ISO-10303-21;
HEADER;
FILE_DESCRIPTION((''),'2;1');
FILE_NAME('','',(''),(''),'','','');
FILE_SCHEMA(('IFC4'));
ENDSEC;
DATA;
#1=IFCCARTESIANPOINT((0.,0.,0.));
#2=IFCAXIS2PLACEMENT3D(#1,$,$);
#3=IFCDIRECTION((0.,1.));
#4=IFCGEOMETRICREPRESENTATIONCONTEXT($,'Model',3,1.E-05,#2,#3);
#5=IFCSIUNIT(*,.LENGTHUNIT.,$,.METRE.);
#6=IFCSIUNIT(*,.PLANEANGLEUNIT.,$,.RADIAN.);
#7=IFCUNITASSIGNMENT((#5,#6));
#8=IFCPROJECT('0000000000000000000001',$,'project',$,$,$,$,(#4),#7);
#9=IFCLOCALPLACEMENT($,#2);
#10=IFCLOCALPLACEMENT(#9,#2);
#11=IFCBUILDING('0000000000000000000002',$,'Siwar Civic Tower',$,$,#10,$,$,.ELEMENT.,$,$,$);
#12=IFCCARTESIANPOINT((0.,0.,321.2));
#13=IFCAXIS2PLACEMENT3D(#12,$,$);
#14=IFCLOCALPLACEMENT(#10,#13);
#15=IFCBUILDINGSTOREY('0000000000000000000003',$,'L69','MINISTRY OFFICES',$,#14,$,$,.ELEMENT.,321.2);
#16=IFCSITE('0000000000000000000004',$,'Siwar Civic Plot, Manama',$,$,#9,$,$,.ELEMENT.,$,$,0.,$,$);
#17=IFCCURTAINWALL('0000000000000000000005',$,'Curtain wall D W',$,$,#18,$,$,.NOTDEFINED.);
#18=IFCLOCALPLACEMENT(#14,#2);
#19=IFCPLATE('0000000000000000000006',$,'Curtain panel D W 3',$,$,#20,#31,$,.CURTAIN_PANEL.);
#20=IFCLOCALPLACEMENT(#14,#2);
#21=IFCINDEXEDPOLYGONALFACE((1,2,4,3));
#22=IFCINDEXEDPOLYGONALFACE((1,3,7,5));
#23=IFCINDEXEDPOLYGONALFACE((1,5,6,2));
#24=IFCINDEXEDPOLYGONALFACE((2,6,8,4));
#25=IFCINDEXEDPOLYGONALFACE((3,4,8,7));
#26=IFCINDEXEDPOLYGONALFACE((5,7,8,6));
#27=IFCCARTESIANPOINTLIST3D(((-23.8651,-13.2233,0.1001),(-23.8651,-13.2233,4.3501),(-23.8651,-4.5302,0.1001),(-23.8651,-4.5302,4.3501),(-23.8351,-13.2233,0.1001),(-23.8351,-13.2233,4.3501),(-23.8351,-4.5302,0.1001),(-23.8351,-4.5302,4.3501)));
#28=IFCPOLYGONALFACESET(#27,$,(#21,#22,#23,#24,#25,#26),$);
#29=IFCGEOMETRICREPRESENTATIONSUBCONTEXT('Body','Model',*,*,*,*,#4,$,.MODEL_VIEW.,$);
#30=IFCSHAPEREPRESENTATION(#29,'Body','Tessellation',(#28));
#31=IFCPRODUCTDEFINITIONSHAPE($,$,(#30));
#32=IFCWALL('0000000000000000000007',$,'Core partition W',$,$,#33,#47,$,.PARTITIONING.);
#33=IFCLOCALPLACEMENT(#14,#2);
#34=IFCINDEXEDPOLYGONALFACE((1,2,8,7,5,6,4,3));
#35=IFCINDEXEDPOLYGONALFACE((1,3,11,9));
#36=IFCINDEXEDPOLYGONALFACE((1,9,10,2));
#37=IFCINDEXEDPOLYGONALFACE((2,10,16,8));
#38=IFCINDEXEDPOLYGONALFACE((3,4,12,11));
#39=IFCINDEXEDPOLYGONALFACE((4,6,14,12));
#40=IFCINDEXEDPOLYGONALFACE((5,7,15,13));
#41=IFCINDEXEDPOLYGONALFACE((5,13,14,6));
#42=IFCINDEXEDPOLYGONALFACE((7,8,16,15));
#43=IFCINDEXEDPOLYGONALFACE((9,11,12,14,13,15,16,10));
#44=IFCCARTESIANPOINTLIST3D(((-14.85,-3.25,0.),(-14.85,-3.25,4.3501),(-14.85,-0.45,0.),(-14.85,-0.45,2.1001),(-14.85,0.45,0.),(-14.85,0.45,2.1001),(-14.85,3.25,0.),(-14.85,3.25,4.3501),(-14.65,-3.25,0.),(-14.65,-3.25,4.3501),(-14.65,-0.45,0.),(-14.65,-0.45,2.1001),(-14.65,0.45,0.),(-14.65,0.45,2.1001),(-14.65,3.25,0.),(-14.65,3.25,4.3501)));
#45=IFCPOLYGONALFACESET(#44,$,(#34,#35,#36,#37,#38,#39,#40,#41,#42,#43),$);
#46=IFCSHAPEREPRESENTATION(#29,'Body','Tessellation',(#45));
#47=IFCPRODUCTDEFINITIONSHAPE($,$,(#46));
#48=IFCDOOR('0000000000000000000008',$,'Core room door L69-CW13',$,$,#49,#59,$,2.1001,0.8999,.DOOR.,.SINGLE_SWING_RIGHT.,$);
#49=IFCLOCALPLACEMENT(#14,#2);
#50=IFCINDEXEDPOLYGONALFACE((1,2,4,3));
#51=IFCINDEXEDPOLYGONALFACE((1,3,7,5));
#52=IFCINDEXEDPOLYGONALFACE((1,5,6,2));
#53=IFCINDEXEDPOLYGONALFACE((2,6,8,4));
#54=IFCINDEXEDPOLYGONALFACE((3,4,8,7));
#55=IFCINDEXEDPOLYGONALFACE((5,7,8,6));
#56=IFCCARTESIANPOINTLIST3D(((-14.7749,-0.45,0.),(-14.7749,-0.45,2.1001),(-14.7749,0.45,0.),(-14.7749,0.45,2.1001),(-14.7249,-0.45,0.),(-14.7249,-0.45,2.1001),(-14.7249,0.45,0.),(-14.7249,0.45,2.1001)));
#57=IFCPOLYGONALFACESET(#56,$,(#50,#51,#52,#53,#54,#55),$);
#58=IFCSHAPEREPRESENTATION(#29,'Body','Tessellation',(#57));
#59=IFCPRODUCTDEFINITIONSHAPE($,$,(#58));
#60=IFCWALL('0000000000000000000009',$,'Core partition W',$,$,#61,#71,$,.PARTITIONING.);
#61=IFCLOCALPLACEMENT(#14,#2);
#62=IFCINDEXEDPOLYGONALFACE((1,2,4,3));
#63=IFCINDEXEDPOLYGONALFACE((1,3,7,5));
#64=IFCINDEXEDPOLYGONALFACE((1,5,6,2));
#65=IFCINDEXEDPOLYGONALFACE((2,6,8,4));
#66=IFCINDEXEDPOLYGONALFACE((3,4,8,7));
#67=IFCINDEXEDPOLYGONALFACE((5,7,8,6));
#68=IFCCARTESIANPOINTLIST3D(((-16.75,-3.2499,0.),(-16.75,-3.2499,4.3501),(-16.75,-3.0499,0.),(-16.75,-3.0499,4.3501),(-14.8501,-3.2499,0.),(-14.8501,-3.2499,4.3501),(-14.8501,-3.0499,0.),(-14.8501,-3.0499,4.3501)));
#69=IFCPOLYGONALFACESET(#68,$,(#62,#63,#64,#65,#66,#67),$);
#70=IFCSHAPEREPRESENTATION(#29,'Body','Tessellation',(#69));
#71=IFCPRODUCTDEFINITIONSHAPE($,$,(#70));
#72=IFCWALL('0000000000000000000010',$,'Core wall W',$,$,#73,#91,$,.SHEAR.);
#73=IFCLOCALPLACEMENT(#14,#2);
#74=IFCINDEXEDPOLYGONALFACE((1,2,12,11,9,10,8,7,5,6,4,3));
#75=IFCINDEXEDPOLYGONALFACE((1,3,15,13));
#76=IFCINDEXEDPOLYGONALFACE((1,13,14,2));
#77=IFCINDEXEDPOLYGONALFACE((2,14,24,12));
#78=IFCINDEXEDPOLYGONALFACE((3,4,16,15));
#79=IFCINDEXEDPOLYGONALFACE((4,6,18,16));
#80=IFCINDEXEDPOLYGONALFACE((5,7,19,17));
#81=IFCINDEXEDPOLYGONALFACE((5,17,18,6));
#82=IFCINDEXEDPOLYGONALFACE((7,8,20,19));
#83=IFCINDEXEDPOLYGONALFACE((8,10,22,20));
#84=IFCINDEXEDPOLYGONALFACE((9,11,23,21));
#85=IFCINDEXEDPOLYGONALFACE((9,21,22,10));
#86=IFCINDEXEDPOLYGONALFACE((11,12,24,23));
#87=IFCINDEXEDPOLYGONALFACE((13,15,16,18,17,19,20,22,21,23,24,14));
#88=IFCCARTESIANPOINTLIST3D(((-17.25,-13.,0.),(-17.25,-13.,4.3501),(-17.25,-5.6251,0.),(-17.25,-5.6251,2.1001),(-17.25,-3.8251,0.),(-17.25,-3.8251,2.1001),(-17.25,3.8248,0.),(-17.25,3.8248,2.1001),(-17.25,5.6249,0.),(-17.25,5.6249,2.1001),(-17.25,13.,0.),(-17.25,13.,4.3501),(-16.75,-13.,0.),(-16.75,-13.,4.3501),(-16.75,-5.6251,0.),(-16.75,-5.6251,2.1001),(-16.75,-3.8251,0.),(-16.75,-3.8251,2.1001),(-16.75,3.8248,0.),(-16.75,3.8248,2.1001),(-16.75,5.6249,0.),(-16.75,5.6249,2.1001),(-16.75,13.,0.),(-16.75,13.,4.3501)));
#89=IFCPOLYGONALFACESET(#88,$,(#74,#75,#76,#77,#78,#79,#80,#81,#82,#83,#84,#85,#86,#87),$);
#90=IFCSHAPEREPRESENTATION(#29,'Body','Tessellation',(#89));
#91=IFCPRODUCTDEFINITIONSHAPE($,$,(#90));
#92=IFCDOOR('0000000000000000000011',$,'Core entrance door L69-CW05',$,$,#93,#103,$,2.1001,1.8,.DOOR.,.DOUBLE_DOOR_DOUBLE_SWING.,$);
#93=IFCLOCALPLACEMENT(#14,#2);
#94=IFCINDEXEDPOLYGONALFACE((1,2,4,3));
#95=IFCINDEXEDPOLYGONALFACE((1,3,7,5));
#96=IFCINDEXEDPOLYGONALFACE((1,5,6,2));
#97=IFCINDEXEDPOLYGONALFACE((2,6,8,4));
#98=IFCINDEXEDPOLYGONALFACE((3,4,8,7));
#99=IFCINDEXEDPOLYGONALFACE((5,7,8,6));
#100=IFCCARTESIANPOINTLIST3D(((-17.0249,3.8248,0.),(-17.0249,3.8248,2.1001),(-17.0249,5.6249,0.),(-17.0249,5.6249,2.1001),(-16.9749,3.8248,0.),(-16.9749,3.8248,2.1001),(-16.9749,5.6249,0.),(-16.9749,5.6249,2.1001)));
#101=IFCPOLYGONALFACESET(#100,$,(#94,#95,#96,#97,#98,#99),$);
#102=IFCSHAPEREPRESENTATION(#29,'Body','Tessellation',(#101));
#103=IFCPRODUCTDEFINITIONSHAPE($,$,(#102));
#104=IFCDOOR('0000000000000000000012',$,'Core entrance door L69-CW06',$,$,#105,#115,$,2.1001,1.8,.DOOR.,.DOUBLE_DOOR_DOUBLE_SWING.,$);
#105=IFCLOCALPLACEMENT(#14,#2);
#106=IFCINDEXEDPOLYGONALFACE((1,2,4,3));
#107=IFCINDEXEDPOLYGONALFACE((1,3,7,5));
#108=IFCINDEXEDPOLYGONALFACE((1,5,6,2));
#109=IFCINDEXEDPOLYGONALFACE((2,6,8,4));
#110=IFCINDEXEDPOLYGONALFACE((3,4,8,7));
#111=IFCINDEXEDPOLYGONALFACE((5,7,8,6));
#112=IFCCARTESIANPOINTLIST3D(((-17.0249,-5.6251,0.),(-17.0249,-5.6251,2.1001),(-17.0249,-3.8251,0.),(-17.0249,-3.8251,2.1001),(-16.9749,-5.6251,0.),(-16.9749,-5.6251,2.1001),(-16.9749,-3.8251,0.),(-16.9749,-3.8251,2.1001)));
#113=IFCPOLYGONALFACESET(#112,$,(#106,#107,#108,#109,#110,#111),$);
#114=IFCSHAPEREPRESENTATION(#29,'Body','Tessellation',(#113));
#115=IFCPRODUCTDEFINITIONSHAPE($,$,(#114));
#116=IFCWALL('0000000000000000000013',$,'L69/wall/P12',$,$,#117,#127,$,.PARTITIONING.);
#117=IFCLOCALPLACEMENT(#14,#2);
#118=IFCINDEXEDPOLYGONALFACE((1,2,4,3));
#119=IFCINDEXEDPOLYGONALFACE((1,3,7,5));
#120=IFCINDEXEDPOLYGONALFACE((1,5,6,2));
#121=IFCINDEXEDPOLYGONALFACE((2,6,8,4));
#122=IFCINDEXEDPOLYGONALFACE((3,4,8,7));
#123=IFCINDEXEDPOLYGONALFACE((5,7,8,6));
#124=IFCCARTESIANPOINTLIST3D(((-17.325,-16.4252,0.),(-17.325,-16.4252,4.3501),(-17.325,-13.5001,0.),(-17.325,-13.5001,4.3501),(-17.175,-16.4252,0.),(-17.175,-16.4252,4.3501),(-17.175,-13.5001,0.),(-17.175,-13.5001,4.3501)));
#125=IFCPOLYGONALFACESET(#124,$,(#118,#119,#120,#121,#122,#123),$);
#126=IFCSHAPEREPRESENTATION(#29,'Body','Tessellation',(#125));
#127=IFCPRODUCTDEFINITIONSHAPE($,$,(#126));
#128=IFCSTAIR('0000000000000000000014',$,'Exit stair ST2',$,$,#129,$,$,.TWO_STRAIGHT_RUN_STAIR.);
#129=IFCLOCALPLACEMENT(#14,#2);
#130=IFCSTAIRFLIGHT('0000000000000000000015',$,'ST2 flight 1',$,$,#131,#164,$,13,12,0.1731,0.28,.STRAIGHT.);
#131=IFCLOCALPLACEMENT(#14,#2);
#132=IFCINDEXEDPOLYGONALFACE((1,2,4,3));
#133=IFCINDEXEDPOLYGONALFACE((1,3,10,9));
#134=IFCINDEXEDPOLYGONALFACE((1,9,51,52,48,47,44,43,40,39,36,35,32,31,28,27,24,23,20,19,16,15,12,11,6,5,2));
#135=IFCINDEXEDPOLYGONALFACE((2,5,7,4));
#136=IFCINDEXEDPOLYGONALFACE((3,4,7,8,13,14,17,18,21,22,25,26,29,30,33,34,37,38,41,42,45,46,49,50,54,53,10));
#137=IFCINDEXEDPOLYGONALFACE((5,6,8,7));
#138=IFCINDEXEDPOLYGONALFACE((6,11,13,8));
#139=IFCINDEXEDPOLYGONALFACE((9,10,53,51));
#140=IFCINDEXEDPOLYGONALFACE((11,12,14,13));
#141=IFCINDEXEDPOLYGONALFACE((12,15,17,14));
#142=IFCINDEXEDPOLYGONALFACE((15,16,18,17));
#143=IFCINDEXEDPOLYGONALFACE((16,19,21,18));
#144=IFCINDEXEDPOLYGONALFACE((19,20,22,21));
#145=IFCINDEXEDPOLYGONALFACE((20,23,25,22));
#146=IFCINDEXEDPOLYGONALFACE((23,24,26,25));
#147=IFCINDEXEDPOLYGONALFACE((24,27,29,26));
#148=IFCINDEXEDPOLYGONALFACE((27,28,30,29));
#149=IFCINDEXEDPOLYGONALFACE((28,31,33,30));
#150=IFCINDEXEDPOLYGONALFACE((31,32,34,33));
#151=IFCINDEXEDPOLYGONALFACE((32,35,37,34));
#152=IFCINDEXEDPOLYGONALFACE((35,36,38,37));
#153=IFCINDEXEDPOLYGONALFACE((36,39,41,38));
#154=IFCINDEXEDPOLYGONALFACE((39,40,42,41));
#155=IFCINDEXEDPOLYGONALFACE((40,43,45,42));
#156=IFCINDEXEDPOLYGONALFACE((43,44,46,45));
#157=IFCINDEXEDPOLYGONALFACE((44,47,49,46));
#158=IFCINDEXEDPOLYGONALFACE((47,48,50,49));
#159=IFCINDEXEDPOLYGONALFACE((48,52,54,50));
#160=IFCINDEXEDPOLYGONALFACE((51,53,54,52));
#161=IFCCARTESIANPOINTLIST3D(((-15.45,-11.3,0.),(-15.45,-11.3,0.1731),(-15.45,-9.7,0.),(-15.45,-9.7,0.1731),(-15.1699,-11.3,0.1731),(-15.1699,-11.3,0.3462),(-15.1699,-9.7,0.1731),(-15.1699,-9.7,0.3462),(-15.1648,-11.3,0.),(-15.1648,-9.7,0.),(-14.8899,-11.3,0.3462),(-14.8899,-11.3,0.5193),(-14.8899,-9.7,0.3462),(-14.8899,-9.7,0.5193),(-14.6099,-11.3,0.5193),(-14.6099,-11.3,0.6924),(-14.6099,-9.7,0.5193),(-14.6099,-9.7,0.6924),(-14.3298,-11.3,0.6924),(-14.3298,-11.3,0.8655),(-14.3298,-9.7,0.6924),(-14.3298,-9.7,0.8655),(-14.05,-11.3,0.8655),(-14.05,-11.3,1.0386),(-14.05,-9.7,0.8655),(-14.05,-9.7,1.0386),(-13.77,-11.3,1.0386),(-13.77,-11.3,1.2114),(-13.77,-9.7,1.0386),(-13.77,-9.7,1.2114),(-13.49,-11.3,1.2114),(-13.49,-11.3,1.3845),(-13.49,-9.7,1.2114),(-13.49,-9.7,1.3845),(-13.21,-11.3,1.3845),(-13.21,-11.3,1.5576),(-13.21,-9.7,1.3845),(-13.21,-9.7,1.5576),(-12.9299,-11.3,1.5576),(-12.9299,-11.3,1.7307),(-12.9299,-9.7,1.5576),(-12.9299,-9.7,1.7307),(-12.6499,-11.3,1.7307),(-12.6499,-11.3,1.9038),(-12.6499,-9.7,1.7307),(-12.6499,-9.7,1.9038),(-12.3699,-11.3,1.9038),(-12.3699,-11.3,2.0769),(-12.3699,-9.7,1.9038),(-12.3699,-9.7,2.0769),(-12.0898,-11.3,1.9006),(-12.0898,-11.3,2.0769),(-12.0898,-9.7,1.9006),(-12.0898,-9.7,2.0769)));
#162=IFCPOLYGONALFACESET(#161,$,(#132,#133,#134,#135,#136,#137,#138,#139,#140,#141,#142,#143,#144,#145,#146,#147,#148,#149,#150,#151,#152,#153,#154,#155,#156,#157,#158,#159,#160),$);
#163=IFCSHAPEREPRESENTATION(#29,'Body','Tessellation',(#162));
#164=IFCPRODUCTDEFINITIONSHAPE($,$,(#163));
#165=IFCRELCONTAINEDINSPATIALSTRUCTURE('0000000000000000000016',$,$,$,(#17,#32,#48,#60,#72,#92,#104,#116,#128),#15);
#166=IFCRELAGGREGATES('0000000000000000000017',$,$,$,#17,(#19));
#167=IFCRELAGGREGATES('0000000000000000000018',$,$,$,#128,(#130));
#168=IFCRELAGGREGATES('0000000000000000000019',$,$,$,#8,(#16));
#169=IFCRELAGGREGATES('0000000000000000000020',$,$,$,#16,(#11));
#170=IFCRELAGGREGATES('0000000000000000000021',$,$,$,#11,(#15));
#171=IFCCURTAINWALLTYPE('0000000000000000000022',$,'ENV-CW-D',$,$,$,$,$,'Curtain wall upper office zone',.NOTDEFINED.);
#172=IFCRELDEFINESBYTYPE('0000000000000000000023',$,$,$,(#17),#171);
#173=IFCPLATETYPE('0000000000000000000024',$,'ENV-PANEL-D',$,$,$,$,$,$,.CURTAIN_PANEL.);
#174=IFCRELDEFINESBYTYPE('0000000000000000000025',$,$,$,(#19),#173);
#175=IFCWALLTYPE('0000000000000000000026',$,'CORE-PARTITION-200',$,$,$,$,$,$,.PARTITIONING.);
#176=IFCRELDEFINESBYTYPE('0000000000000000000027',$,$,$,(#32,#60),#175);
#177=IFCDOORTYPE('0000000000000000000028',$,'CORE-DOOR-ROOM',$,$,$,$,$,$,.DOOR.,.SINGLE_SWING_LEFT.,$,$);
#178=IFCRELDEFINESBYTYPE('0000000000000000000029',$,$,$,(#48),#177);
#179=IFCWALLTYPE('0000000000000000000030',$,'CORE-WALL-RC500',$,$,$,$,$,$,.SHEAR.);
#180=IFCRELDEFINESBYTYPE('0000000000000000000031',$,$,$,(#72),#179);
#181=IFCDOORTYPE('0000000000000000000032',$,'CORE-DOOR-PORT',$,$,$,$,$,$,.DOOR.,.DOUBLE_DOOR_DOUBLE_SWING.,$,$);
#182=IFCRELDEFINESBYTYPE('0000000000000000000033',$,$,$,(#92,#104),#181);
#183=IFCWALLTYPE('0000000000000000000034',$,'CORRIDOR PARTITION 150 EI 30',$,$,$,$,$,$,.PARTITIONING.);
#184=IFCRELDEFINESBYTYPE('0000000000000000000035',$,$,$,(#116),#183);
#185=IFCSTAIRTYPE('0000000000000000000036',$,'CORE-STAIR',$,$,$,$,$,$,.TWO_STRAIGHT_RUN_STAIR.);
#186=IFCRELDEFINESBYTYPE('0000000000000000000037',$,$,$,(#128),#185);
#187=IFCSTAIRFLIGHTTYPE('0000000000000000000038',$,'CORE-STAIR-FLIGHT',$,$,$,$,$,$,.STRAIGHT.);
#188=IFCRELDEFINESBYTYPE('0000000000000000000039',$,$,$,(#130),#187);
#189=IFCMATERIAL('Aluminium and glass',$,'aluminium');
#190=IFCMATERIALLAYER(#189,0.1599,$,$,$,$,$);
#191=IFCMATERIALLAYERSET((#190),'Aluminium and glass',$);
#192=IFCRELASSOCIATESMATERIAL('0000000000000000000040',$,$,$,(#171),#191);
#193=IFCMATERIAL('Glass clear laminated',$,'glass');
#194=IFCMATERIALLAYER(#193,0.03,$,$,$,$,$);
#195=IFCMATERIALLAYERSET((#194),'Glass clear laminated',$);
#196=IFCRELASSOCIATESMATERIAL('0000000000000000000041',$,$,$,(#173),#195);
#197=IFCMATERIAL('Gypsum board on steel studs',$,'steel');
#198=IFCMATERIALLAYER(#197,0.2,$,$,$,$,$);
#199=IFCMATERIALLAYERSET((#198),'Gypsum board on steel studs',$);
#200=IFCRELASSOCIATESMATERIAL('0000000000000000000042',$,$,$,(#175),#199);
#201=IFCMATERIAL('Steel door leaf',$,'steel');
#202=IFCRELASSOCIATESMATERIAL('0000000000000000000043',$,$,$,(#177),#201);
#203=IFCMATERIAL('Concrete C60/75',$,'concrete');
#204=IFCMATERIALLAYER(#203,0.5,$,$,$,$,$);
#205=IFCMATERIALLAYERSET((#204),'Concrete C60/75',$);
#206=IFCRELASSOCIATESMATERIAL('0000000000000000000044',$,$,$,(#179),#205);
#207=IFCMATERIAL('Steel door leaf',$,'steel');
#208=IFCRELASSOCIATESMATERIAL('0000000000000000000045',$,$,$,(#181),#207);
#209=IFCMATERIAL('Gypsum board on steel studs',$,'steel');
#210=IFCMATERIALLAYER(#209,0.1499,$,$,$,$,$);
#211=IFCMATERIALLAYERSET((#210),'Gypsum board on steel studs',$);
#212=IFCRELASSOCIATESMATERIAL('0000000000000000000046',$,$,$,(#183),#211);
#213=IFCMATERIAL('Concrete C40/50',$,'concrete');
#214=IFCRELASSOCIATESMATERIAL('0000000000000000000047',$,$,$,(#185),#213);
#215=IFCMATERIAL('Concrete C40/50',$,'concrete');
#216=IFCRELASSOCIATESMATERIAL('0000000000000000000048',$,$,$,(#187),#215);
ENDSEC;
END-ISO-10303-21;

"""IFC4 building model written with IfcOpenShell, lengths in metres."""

from ifc_helpers import new_model, si_unit, direction, frame, frame_2d, origin, origin_2d, place, context, subcontext, project, spatial, polyline, rectangle, outline, extrude, material, layer, layer_set, type_object, element, fill, aggregate, save


model = new_model("IFC4")

# Units and contexts
model_context = context("Model", 3, precision=1e-05, world=origin(), true_north=direction((0.0, 1.0)))
body_context = subcontext(model_context, "Body", "Model", "MODEL_VIEW")
ifc_project = project(units=[si_unit("LENGTHUNIT", "METRE"), si_unit("PLANEANGLEUNIT", "RADIAN")], contexts=[model_context])

# Site, building, storey
site_placement = place(None, origin())
site = spatial("IfcSite", under=ifc_project, at=site_placement, Name="Siwar Civic Plot, Manama", CompositionType="ELEMENT", RefElevation=0.0)
building_placement = place(site_placement, origin())
building = spatial("IfcBuilding", under=site, at=building_placement, Name="Siwar Civic Tower", CompositionType="ELEMENT")
storey_placement = place(building_placement, frame((0.0, 0.0, 321.2)))
storey = spatial("IfcBuildingStorey", under=building, at=storey_placement, Name="L69", Description="MINISTRY OFFICES", CompositionType="ELEMENT", Elevation=321.2)

# Curtain wall
ifc_material_1 = material(Name="Aluminium and glass", Category="aluminium")
ifc_layer_1 = layer(ifc_material_1, 0.1599)
ifc_layer_set_1 = layer_set([ifc_layer_1], Name="Aluminium and glass")
curtain_wall_type_1 = type_object("IfcCurtainWallType", Name="ENV-CW-D", ElementType="Curtain wall upper office zone", PredefinedType="NOTDEFINED", material=ifc_layer_set_1)
curtain_wall_1_placement = place(storey_placement, origin())
curtain_wall_1 = element("IfcCurtainWall", 1, at=curtain_wall_1_placement, inside=storey, type_object=curtain_wall_type_1, Name="Curtain wall D W", PredefinedType="NOTDEFINED")

# Plate
ifc_material_2 = material(Name="Glass clear laminated", Category="glass")
ifc_layer_2 = layer(ifc_material_2, 0.03)
ifc_layer_set_2 = layer_set([ifc_layer_2], Name="Glass clear laminated")
plate_type = type_object("IfcPlateType", Name="ENV-PANEL-D", PredefinedType="CURTAIN_PANEL", material=ifc_layer_set_2)
plate_placement = place(storey_placement, frame((-23.8501, -8.8767, 0.1001), z_axis=(0.0, 0.0, 1.0), x_axis=(0.0, -1.0, 0.0)))
plate = element("IfcPlate", 2, at=plate_placement, type_object=plate_type, Name="Curtain panel D W 3", PredefinedType="CURTAIN_PANEL", context=body_context, shape_type="SweptSolid", body=[
    extrude(rectangle(XDim=8.6931, YDim=0.03, at=origin_2d()), origin(), (0.0, 0.0, 1.0), 4.25),
])
aggregate(curtain_wall_1, [plate])

# Wall, opening, door
ifc_material_3 = material(Name="Gypsum board on steel studs", Category="steel")
ifc_layer_3 = layer(ifc_material_3, 0.2)
ifc_layer_set_3 = layer_set([ifc_layer_3], Name="Gypsum board on steel studs")
wall_type_1 = type_object("IfcWallType", Name="CORE-PARTITION-200", PredefinedType="PARTITIONING", material=ifc_layer_set_3)
wall_1_placement = place(storey_placement, frame((-14.75, -3.25, 0.0), z_axis=(0.0, 0.0, 1.0), x_axis=(0.0, 1.0, 0.0)))
wall_1 = element("IfcWall", 3, at=wall_1_placement, inside=storey, type_object=wall_type_1, Name="Core partition W", PredefinedType="PARTITIONING", context=body_context, shape_type="SweptSolid", body=[
    extrude(rectangle(XDim=6.5, YDim=0.2, at=frame_2d((3.25, 0.0))), origin(), (0.0, 0.0, 1.0), 4.3501),
])
opening_1_placement = place(wall_1_placement, frame((2.8, 0.0, 0.0)))
opening_1 = element("IfcOpeningElement", 4, at=opening_1_placement, cuts=wall_1, PredefinedType="OPENING", context=body_context, shape_type="SweptSolid", body=[
    extrude(rectangle(XDim=0.8999, YDim=2.1001, at=frame_2d((0.45, 1.05))), frame((0.0, 0.1099, 0.0), z_axis=(0.0, -1.0, 0.0), x_axis=(1.0, 0.0, 0.0)), (0.0, 0.0, 1.0), 0.22),
])
ifc_material_4 = material(Name="Steel door leaf", Category="steel")
door_type_1 = type_object("IfcDoorType", Name="CORE-DOOR-ROOM", OperationType="SINGLE_SWING_LEFT", PredefinedType="DOOR", material=ifc_material_4)
door_1_placement = place(opening_1_placement, origin())
door_1 = element("IfcDoor", 5, at=door_1_placement, inside=storey, type_object=door_type_1, Name="Core room door L69-CW13", OperationType="SINGLE_SWING_RIGHT", OverallHeight=2.1001, OverallWidth=0.8999, PredefinedType="DOOR", context=body_context, shape_type="SweptSolid", body=[
    extrude(rectangle(XDim=0.8999, YDim=2.1001, at=frame_2d((0.45, 1.05))), frame((0.0, 0.0249, 0.0), z_axis=(0.0, -1.0, 0.0), x_axis=(1.0, 0.0, 0.0)), (0.0, 0.0, 1.0), 0.05),
])
fill(opening_1, door_1)

# Wall
wall_2_placement = place(storey_placement, frame((-14.8501, -3.1499, 0.0), z_axis=(0.0, 0.0, 1.0), x_axis=(-1.0, 0.0, 0.0)))
element("IfcWall", 6, at=wall_2_placement, inside=storey, type_object=wall_type_1, Name="Core partition W", PredefinedType="PARTITIONING", context=body_context, shape_type="SweptSolid", body=[
    extrude(rectangle(XDim=1.8999, YDim=0.2, at=frame_2d((0.95, 0.0))), origin(), (0.0, 0.0, 1.0), 4.3501),
])

# Wall, openings, doors
ifc_material_5 = material(Name="Concrete C60/75", Category="concrete")
ifc_layer_4 = layer(ifc_material_5, 0.5)
ifc_layer_set_4 = layer_set([ifc_layer_4], Name="Concrete C60/75")
wall_type_2 = type_object("IfcWallType", Name="CORE-WALL-RC500", PredefinedType="SHEAR", material=ifc_layer_set_4)
wall_3_placement = place(storey_placement, frame((-17.0, -13.0, 0.0), z_axis=(0.0, 0.0, 1.0), x_axis=(0.0, 1.0, 0.0)))
wall_3 = element("IfcWall", 7, at=wall_3_placement, inside=storey, type_object=wall_type_2, Name="Core wall W", PredefinedType="SHEAR", context=body_context, shape_type="SweptSolid", body=[
    extrude(rectangle(XDim=26.0, YDim=0.5, at=frame_2d((13.0, 0.0))), origin(), (0.0, 0.0, 1.0), 4.3501),
])
opening_2_placement = place(wall_3_placement, frame((16.825, 0.0, 0.0)))
opening_2 = element("IfcOpeningElement", 8, at=opening_2_placement, cuts=wall_3, PredefinedType="OPENING", context=body_context, shape_type="SweptSolid", body=[
    extrude(rectangle(XDim=1.8, YDim=2.1001, at=frame_2d((0.8999, 1.05))), frame((0.0, 0.26, 0.0), z_axis=(0.0, -1.0, 0.0), x_axis=(1.0, 0.0, 0.0)), (0.0, 0.0, 1.0), 0.52),
])
opening_3_placement = place(wall_3_placement, frame((7.375, 0.0, 0.0)))
opening_3 = element("IfcOpeningElement", 9, at=opening_3_placement, cuts=wall_3, PredefinedType="OPENING", context=body_context, shape_type="SweptSolid", body=[
    extrude(rectangle(XDim=1.8, YDim=2.1001, at=frame_2d((0.8999, 1.05))), frame((0.0, 0.26, 0.0), z_axis=(0.0, -1.0, 0.0), x_axis=(1.0, 0.0, 0.0)), (0.0, 0.0, 1.0), 0.52),
])
ifc_material_6 = material(Name="Steel door leaf", Category="steel")
door_type_2 = type_object("IfcDoorType", Name="CORE-DOOR-PORT", OperationType="DOUBLE_DOOR_DOUBLE_SWING", PredefinedType="DOOR", material=ifc_material_6)
door_2_placement = place(opening_2_placement, origin())
door_2 = element("IfcDoor", 10, at=door_2_placement, inside=storey, type_object=door_type_2, Name="Core entrance door L69-CW05", OperationType="DOUBLE_DOOR_DOUBLE_SWING", OverallHeight=2.1001, OverallWidth=1.8, PredefinedType="DOOR", context=body_context, shape_type="SweptSolid", body=[
    extrude(rectangle(XDim=1.8, YDim=2.1001, at=frame_2d((0.8999, 1.05))), frame((0.0, 0.0249, 0.0), z_axis=(0.0, -1.0, 0.0), x_axis=(1.0, 0.0, 0.0)), (0.0, 0.0, 1.0), 0.05),
])
fill(opening_2, door_2)
door_3_placement = place(opening_3_placement, origin())
door_3 = element("IfcDoor", 11, at=door_3_placement, inside=storey, type_object=door_type_2, Name="Core entrance door L69-CW06", OperationType="DOUBLE_DOOR_DOUBLE_SWING", OverallHeight=2.1001, OverallWidth=1.8, PredefinedType="DOOR", context=body_context, shape_type="SweptSolid", body=[
    extrude(rectangle(XDim=1.8, YDim=2.1001, at=frame_2d((0.8999, 1.05))), frame((0.0, 0.0249, 0.0), z_axis=(0.0, -1.0, 0.0), x_axis=(1.0, 0.0, 0.0)), (0.0, 0.0, 1.0), 0.05),
])
fill(opening_3, door_3)

# Wall
ifc_material_7 = material(Name="Gypsum board on steel studs", Category="steel")
ifc_layer_5 = layer(ifc_material_7, 0.1499)
ifc_layer_set_5 = layer_set([ifc_layer_5], Name="Gypsum board on steel studs")
wall_type_3 = type_object("IfcWallType", Name="CORRIDOR PARTITION 150 EI 30", PredefinedType="PARTITIONING", material=ifc_layer_set_5)
wall_4_placement = place(storey_placement, frame((-17.25, -16.425, 0.0), z_axis=(0.0, 0.0, 1.0), x_axis=(0.0, 1.0, 0.0)))
element("IfcWall", 12, at=wall_4_placement, inside=storey, type_object=wall_type_3, Name="L69/wall/P12", PredefinedType="PARTITIONING", context=body_context, shape_type="SweptSolid", body=[
    extrude(rectangle(XDim=2.925, YDim=0.1499, at=frame_2d((1.4624, 0.0))), origin(), (0.0, 0.0, 1.0), 4.3501),
])

# Stair, stair flight
ifc_material_8 = material(Name="Concrete C40/50", Category="concrete")
stair_type = type_object("IfcStairType", Name="CORE-STAIR", PredefinedType="TWO_STRAIGHT_RUN_STAIR", material=ifc_material_8)
stair_placement = place(storey_placement, origin())
stair = element("IfcStair", 13, at=stair_placement, inside=storey, type_object=stair_type, Name="Exit stair ST2", PredefinedType="TWO_STRAIGHT_RUN_STAIR")
ifc_material_9 = material(Name="Concrete C40/50", Category="concrete")
stair_flight_type = type_object("IfcStairFlightType", Name="CORE-STAIR-FLIGHT", PredefinedType="STRAIGHT", material=ifc_material_9)
stair_flight_placement = place(storey_placement, frame((-15.45, -10.5, 0.0), z_axis=(0.0, 0.0, 1.0), x_axis=(1.0, 0.0, 0.0)))
stair_flight = element("IfcStairFlight", 14, at=stair_flight_placement, type_object=stair_flight_type, Name="ST2 flight 1", NumberOfRisers=13, NumberOfTreads=12, PredefinedType="STRAIGHT", RiserHeight=0.1731, TreadLength=0.28, context=body_context, shape_type="SweptSolid", body=[
    extrude(outline(polyline([(0.0, 0.0), (0.0, 0.1731), (0.28, 0.1731), (0.28, 0.3462), (0.5601, 0.3462), (0.5601, 0.5193), (0.8401, 0.5193), (0.8401, 0.6924), (1.1201, 0.6924), (1.1201, 0.8655), (1.3999, 0.8655), (1.3999, 1.0386), (1.6799, 1.0386), (1.6799, 1.2114), (1.96, 1.2114), (1.96, 1.3845), (2.24, 1.3845), (2.24, 1.5576), (2.52, 1.5576), (2.52, 1.7307), (2.8, 1.7307), (2.8, 1.9038), (3.0801, 1.9038), (3.0801, 2.0769), (3.3601, 2.0769), (3.3601, 2.25), (3.3601, 1.9006), (0.2852, 0.0), (0.0, 0.0)])), frame((0.0, 0.8, 0.0), z_axis=(0.0, -1.0, 0.0), x_axis=(1.0, 0.0, 0.0)), (0.0, 0.0, 1.0), 1.6001),
])
aggregate(stair, [stair_flight])

save(model, "model.ifc")
